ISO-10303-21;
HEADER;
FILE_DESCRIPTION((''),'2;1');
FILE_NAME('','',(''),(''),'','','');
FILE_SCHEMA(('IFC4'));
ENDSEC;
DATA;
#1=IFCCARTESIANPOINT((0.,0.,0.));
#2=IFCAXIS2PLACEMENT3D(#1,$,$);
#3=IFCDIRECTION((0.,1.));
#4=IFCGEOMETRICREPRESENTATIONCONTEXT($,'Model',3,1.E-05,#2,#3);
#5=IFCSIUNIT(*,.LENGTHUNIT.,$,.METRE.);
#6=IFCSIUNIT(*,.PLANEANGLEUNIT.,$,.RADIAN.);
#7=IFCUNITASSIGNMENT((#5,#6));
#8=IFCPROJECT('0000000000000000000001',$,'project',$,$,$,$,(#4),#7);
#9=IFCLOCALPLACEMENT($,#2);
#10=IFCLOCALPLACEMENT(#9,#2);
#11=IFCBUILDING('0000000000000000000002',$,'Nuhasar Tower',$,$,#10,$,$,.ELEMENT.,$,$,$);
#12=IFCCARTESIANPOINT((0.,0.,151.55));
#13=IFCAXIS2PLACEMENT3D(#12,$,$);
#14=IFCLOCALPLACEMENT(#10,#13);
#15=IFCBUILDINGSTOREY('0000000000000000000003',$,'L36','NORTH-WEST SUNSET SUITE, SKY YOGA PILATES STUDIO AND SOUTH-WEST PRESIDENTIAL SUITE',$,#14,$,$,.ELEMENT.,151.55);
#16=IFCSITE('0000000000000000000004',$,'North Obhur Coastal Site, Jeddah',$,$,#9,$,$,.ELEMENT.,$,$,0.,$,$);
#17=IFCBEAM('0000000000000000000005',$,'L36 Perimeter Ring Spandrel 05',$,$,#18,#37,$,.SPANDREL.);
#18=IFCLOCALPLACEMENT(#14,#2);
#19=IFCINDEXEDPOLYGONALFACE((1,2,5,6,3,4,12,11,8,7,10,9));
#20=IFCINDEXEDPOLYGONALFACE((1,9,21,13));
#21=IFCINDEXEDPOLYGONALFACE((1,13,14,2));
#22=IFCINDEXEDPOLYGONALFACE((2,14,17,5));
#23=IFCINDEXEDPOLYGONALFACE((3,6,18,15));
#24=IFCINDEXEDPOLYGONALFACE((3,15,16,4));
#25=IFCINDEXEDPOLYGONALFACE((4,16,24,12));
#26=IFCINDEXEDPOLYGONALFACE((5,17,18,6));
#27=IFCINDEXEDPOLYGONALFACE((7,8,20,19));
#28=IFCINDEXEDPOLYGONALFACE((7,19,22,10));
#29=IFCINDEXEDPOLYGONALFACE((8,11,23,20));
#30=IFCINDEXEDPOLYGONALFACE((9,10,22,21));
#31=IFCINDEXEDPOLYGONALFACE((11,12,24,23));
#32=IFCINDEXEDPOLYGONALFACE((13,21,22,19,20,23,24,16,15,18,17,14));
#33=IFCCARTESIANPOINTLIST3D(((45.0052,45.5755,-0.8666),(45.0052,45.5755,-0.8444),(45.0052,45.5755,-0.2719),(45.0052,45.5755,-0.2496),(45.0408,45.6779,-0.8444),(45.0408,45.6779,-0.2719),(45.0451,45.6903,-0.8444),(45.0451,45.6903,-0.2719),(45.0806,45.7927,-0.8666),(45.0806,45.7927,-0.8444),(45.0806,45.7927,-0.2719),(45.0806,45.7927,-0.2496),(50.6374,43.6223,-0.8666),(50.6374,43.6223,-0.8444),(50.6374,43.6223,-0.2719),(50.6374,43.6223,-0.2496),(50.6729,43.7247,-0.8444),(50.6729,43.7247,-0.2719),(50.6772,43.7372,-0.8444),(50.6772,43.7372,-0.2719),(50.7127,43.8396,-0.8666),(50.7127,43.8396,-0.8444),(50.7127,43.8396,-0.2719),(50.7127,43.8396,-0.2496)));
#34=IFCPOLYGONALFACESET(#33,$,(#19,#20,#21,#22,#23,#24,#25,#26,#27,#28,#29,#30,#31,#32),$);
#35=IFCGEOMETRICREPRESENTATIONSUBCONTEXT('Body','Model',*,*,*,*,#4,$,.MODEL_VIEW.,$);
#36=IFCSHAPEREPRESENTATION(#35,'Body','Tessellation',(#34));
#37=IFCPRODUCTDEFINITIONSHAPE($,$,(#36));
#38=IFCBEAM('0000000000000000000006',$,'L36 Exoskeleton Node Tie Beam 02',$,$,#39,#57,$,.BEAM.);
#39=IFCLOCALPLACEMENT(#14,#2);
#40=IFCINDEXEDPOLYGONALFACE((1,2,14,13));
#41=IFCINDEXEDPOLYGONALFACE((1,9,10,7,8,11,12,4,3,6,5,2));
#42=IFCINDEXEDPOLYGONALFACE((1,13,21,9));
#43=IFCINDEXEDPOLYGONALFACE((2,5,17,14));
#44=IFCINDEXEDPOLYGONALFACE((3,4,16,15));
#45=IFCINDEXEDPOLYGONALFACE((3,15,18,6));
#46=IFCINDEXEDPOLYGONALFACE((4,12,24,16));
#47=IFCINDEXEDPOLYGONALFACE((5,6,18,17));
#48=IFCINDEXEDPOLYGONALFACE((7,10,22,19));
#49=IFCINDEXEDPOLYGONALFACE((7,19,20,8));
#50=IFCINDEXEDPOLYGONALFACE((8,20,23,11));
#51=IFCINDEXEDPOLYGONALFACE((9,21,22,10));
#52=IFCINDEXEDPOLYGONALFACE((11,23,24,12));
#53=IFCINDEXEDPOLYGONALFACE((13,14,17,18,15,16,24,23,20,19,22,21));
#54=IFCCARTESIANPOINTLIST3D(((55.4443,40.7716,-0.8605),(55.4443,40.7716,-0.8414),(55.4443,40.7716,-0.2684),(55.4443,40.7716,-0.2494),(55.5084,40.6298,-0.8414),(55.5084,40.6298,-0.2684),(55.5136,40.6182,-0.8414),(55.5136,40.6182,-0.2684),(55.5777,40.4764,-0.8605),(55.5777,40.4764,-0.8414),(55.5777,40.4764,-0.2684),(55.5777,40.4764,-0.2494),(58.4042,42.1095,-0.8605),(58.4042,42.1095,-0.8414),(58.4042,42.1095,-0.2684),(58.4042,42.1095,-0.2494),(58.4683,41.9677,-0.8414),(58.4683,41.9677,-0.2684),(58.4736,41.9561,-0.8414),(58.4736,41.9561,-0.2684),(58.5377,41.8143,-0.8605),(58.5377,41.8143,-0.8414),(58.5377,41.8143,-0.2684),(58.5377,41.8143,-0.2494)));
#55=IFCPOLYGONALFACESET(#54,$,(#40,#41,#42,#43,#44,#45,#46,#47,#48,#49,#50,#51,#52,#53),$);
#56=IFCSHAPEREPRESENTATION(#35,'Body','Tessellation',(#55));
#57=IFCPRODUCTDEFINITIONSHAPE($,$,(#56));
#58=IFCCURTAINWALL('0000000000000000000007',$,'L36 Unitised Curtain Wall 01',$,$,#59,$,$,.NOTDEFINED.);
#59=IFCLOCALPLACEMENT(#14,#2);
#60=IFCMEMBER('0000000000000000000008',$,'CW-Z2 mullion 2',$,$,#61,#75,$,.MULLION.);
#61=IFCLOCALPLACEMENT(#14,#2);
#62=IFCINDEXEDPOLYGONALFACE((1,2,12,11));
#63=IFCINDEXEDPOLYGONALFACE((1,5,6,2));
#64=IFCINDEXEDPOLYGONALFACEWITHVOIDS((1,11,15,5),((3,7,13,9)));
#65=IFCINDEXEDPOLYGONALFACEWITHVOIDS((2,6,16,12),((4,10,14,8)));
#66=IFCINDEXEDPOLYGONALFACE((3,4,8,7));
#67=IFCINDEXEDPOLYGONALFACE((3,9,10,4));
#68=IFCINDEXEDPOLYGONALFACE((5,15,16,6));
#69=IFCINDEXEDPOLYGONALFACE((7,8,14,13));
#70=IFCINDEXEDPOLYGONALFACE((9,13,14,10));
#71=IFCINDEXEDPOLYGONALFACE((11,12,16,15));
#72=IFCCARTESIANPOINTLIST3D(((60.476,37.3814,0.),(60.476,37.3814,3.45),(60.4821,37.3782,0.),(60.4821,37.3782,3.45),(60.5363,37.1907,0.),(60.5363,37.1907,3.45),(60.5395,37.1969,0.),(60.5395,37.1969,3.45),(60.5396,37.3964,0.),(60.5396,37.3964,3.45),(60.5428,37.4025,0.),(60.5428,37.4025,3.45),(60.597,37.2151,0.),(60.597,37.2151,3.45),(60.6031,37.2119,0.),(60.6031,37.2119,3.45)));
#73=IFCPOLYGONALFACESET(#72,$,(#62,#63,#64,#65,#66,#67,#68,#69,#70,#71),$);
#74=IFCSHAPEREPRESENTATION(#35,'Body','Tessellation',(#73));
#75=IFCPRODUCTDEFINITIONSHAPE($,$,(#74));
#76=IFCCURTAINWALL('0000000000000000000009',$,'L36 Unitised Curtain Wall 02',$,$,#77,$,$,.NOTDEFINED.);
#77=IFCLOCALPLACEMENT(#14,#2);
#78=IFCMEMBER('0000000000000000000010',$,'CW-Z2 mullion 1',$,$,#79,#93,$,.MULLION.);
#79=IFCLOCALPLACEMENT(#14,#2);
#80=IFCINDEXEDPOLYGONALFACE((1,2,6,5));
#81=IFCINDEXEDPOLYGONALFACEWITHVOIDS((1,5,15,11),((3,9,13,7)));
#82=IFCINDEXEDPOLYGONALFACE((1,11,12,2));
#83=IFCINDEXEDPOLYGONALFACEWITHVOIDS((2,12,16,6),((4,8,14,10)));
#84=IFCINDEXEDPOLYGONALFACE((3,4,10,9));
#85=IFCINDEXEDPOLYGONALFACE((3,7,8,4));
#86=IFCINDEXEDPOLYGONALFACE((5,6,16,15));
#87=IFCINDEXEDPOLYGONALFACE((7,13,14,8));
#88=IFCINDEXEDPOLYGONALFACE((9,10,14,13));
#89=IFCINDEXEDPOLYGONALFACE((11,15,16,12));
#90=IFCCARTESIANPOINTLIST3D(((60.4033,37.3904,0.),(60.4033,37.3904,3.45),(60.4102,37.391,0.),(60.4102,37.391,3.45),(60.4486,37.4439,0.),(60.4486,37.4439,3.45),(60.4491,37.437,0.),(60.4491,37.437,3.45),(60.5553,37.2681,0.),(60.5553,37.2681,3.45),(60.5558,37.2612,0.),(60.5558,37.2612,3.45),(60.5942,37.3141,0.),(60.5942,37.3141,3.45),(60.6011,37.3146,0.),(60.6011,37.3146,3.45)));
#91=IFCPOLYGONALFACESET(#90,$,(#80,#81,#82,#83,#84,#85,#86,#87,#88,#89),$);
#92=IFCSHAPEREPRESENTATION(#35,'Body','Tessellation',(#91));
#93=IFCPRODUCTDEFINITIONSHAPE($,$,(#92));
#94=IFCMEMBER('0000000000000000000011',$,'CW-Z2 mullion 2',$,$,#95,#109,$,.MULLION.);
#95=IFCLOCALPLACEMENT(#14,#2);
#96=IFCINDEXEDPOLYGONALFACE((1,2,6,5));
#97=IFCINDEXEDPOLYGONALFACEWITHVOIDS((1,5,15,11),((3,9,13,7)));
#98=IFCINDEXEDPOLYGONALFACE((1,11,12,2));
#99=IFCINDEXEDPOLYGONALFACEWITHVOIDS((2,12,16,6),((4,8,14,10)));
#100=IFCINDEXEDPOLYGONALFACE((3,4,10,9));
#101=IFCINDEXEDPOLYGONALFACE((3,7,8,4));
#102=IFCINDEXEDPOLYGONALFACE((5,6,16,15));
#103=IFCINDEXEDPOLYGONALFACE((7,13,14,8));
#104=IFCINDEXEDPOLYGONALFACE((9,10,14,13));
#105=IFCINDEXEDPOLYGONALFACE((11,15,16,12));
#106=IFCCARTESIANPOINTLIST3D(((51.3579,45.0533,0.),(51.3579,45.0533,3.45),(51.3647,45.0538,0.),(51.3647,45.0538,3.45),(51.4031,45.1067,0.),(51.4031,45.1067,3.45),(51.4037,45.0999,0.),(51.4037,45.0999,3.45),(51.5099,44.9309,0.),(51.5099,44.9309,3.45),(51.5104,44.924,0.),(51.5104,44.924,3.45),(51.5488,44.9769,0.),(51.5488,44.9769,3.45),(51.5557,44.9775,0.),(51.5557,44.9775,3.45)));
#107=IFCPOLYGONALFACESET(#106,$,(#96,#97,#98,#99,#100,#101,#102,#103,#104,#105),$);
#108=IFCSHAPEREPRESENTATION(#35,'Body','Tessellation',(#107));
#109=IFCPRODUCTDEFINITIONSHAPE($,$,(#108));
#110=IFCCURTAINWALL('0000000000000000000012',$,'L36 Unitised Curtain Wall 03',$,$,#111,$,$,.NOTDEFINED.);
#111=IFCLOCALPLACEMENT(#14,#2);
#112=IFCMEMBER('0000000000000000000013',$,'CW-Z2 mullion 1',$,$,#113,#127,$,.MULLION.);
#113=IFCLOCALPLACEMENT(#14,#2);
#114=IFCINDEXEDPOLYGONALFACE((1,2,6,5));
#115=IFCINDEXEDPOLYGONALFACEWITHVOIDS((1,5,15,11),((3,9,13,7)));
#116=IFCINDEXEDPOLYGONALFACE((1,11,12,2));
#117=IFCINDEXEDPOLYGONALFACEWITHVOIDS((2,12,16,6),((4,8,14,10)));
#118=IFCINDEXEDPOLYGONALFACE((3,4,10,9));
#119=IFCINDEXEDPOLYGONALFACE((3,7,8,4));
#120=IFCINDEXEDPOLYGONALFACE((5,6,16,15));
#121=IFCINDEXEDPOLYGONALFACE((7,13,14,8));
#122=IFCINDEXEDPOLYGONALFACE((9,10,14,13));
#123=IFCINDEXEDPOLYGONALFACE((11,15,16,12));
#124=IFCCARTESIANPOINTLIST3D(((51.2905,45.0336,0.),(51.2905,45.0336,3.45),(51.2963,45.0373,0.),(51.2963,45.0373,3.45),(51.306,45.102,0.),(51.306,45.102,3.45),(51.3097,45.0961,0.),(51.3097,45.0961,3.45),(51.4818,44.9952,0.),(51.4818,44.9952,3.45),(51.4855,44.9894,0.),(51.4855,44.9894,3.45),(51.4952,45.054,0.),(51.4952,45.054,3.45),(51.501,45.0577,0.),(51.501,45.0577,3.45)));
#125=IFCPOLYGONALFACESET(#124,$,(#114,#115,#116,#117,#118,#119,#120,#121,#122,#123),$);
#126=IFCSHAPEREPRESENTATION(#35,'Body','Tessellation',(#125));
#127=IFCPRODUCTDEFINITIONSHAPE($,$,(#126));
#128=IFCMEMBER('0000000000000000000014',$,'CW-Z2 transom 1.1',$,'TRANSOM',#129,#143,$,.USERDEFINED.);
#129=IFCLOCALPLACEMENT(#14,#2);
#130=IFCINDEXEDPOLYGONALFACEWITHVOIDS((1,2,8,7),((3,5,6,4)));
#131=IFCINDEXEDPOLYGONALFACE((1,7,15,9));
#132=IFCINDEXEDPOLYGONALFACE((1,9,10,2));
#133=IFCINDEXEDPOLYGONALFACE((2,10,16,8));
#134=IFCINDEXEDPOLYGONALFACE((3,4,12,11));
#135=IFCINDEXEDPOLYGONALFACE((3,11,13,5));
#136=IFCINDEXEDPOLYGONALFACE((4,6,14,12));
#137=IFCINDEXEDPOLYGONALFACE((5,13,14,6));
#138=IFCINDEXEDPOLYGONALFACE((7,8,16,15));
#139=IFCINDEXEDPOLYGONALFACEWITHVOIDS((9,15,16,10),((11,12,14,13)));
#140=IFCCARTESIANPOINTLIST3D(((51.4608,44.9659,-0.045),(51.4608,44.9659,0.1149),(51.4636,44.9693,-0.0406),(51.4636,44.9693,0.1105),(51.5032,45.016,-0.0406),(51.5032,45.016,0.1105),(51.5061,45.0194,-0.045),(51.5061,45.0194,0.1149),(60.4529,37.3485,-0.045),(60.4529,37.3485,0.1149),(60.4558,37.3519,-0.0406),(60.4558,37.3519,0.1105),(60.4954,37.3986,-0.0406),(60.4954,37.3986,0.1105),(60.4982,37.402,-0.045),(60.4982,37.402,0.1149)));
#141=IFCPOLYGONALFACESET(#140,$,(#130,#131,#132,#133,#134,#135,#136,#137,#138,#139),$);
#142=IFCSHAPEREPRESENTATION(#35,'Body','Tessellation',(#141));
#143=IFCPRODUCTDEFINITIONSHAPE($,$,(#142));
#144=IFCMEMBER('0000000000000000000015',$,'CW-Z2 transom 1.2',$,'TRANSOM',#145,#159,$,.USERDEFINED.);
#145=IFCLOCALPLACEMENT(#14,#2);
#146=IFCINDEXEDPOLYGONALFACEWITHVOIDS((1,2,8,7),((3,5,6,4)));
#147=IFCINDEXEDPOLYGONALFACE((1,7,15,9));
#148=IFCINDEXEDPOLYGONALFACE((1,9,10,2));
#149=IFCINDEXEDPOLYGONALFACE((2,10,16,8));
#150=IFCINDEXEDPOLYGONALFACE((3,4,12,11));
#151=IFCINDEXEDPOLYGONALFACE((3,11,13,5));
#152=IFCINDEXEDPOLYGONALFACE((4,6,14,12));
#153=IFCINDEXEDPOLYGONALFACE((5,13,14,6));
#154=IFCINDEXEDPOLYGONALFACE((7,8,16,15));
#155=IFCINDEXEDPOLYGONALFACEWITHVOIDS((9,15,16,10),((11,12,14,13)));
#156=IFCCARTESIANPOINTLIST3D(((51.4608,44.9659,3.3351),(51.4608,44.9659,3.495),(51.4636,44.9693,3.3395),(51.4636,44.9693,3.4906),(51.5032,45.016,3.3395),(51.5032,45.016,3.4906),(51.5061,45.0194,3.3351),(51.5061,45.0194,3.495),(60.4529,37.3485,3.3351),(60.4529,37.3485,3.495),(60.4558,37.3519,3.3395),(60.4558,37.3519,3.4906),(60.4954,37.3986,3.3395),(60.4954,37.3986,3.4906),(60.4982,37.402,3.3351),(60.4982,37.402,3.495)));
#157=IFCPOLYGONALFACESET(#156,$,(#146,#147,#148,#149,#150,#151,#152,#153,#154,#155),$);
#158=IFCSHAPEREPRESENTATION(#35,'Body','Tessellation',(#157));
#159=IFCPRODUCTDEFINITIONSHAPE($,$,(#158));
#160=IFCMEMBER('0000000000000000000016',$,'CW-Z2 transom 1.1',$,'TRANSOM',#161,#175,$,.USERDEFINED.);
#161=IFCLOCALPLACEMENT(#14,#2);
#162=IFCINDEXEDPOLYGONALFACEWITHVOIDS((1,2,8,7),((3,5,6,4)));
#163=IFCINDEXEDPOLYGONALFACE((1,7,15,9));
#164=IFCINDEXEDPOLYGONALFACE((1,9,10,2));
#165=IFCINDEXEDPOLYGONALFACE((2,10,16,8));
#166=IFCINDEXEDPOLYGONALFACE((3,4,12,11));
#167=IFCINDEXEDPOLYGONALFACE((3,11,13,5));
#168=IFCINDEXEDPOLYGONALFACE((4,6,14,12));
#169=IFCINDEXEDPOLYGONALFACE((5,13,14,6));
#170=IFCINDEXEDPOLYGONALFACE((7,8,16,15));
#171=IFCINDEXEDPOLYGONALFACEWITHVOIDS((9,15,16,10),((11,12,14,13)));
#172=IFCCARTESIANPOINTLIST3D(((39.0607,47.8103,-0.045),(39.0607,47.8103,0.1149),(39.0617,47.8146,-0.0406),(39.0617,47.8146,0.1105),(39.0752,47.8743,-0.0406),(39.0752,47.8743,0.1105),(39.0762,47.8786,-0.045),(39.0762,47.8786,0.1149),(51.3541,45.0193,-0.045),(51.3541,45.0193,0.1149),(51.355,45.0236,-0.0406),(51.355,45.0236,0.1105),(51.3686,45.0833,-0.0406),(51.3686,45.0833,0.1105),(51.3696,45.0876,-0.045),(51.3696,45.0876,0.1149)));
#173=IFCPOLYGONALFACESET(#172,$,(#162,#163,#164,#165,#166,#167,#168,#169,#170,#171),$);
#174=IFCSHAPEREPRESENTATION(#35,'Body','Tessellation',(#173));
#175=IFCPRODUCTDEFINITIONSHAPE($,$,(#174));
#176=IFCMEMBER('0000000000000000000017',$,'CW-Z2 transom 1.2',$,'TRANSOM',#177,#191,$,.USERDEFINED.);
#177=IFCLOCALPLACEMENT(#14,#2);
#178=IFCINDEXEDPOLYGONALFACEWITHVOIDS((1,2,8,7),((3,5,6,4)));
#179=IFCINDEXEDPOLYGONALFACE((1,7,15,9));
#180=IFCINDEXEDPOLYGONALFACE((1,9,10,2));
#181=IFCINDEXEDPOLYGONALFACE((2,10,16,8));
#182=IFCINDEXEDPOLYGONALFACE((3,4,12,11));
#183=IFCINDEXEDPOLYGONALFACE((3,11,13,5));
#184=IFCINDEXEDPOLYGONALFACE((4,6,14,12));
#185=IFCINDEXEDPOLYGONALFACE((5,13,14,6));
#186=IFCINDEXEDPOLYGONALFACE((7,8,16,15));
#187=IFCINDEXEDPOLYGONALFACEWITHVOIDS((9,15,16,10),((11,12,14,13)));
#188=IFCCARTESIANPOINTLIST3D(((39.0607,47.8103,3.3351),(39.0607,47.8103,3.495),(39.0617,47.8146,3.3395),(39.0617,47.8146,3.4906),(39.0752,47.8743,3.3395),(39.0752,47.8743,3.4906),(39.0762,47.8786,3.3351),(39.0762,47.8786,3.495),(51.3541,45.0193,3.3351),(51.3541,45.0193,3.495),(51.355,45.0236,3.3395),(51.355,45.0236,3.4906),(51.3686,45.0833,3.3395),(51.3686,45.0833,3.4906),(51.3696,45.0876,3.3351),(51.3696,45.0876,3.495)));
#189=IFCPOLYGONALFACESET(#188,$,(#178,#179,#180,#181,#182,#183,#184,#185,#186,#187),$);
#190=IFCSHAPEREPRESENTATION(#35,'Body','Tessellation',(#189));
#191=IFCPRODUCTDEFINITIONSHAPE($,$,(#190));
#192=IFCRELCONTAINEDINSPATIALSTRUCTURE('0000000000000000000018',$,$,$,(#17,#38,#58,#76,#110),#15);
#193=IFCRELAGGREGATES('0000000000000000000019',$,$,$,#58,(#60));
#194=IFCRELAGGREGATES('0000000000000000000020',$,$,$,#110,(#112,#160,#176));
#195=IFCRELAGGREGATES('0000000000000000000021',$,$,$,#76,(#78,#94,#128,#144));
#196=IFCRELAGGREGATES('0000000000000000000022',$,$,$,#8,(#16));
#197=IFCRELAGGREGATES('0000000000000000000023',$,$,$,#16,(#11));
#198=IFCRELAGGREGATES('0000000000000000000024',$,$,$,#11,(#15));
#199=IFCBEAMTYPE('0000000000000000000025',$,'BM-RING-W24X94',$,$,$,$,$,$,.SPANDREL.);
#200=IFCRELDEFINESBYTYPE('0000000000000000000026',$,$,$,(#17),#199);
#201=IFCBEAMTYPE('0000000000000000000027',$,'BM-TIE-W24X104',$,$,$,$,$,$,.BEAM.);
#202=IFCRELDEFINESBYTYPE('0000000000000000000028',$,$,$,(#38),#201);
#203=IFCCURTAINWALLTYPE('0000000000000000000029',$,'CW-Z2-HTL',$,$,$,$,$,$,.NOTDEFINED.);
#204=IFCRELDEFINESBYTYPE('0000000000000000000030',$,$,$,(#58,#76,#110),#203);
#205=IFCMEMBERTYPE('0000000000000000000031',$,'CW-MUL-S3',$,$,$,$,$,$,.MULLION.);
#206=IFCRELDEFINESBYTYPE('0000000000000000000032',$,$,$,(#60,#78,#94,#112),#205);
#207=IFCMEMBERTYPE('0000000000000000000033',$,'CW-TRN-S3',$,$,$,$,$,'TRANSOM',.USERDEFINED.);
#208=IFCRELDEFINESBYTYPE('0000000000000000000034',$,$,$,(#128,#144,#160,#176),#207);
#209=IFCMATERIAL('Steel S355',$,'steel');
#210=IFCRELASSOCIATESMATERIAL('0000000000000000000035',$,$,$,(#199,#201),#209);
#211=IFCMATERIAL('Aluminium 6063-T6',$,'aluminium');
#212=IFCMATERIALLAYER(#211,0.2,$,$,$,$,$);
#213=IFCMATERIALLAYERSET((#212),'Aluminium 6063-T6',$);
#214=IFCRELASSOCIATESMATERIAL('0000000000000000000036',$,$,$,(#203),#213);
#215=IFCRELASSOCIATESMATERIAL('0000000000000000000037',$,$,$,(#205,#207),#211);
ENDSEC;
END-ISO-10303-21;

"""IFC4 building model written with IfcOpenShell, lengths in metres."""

from ifc_helpers import new_model, si_unit, direction, frame, origin, origin_2d, place, context, subcontext, project, spatial, hollow_rectangle, i_section, extrude, material, layer, layer_set, material_profile, profile_set, type_object, element, aggregate, save


model = new_model("IFC4")

# Units and contexts
model_context = context("Model", 3, precision=1e-05, world=origin(), true_north=direction((0.0, 1.0)))
body_context = subcontext(model_context, "Body", "Model", "MODEL_VIEW")
ifc_project = project(units=[si_unit("LENGTHUNIT", "METRE"), si_unit("PLANEANGLEUNIT", "RADIAN")], contexts=[model_context])

# Site, building, storey
site_placement = place(None, origin())
site = spatial("IfcSite", under=ifc_project, at=site_placement, Name="North Obhur Coastal Site, Jeddah", CompositionType="ELEMENT", RefElevation=0.0)
building_placement = place(site_placement, origin())
building = spatial("IfcBuilding", under=site, at=building_placement, Name="Nuhasar Tower", CompositionType="ELEMENT")
storey_placement = place(building_placement, frame((0.0, 0.0, 151.55)))
storey = spatial("IfcBuildingStorey", under=building, at=storey_placement, Name="L36", Description="NORTH-WEST SUNSET SUITE, SKY YOGA PILATES STUDIO AND SOUTH-WEST PRESIDENTIAL SUITE", CompositionType="ELEMENT", Elevation=151.55)

# Beams
ifc_material_1 = material(Name="Steel S355", Category="steel")
ifc_material_profile_1 = material_profile(ifc_material_1, i_section(OverallWidth=0.23, OverallDepth=0.6169, WebThickness=0.0132, FlangeThickness=0.0222, at=origin_2d()), Name="W24X94")
ifc_profile_set_1 = profile_set([ifc_material_profile_1], Name="Steel S355")
beam_type_1 = type_object("IfcBeamType", Name="BM-RING-W24X94", PredefinedType="SPANDREL", material=ifc_profile_set_1)
beam_1_placement = place(storey_placement, frame((50.675, 43.731, -0.5581), z_axis=(-0.944801, 0.327644, 0.0), x_axis=(-0.327644, -0.944801, 0.0)))
element("IfcBeam", 1, at=beam_1_placement, inside=storey, type_object=beam_type_1, Name="L36 Perimeter Ring Spandrel 05", PredefinedType="SPANDREL", context=body_context, shape_type="SweptSolid", body=[
    extrude(i_section(OverallWidth=0.23, OverallDepth=0.6169, WebThickness=0.0132, FlangeThickness=0.0222, at=origin_2d()), origin(), (0.0, 0.0, 1.0), 5.9612),
])
ifc_material_profile_2 = material_profile(ifc_material_1, i_section(OverallWidth=0.324, OverallDepth=0.6111, WebThickness=0.0127, FlangeThickness=0.019, at=origin_2d()), Name="W24X104")
ifc_profile_set_2 = profile_set([ifc_material_profile_2], Name="Steel S355")
beam_type_2 = type_object("IfcBeamType", Name="BM-TIE-W24X104", PredefinedType="BEAM", material=ifc_profile_set_2)
beam_2_placement = place(storey_placement, frame((55.511, 40.624, -0.5549), z_axis=(0.91124, 0.411877, 0.0), x_axis=(-0.411877, 0.91124, 0.0)))
element("IfcBeam", 2, at=beam_2_placement, inside=storey, type_object=beam_type_2, Name="L36 Exoskeleton Node Tie Beam 02", PredefinedType="BEAM", context=body_context, shape_type="SweptSolid", body=[
    extrude(i_section(OverallWidth=0.324, OverallDepth=0.6111, WebThickness=0.0127, FlangeThickness=0.019, at=origin_2d()), origin(), (0.0, 0.0, 1.0), 3.2483),
])

# Curtain wall, member
ifc_material_2 = material(Name="Aluminium 6063-T6", Category="aluminium")
ifc_layer_1 = layer(ifc_material_2, 0.2)
ifc_layer_set_1 = layer_set([ifc_layer_1], Name="Aluminium 6063-T6")
curtain_wall_type = type_object("IfcCurtainWallType", Name="CW-Z2-HTL", PredefinedType="NOTDEFINED", material=ifc_layer_set_1)
curtain_wall_1_placement = place(storey_placement, origin())
curtain_wall_1 = element("IfcCurtainWall", 3, at=curtain_wall_1_placement, inside=storey, type_object=curtain_wall_type, Name="L36 Unitised Curtain Wall 01", PredefinedType="NOTDEFINED")
ifc_material_profile_3 = material_profile(ifc_material_2, hollow_rectangle(XDim=0.0701, YDim=0.2, WallThickness=0.0049, at=origin_2d()), Name="CWM-3")
ifc_profile_set_3 = profile_set([ifc_material_profile_3], Name="Aluminium 6063-T6")
member_type_1 = type_object("IfcMemberType", Name="CW-MUL-S3", PredefinedType="MULLION", material=ifc_profile_set_3)
member_1_placement = place(storey_placement, frame((60.5396, 37.2966, 0.0), z_axis=(0.0, 0.0, 1.0), x_axis=(-0.953433, -0.301604, 0.0)))
member_1 = element("IfcMember", 4, at=member_1_placement, type_object=member_type_1, Name="CW-Z2 mullion 2", PredefinedType="MULLION", context=body_context, shape_type="SweptSolid", body=[
    extrude(hollow_rectangle(XDim=0.0701, YDim=0.2, WallThickness=0.0049, at=origin_2d()), origin(), (0.0, 0.0, 1.0), 3.45),
])
aggregate(curtain_wall_1, [member_1])

# Curtain wall, members
curtain_wall_2_placement = place(storey_placement, origin())
curtain_wall_2 = element("IfcCurtainWall", 5, at=curtain_wall_2_placement, inside=storey, type_object=curtain_wall_type, Name="L36 Unitised Curtain Wall 02", PredefinedType="NOTDEFINED")
member_2_placement = place(storey_placement, frame((60.5022, 37.3525, 0.0), z_axis=(0.0, 0.0, 1.0), x_axis=(-0.646374, -0.76302, 0.0)))
member_2 = element("IfcMember", 6, at=member_2_placement, type_object=member_type_1, Name="CW-Z2 mullion 1", PredefinedType="MULLION", context=body_context, shape_type="SweptSolid", body=[
    extrude(hollow_rectangle(XDim=0.0701, YDim=0.2, WallThickness=0.0049, at=origin_2d()), origin(), (0.0, 0.0, 1.0), 3.45),
])
member_3_placement = place(storey_placement, frame((51.4568, 45.0154, 0.0), z_axis=(0.0, 0.0, 1.0), x_axis=(-0.646374, -0.76302, 0.0)))
member_3 = element("IfcMember", 7, at=member_3_placement, type_object=member_type_1, Name="CW-Z2 mullion 2", PredefinedType="MULLION", context=body_context, shape_type="SweptSolid", body=[
    extrude(hollow_rectangle(XDim=0.0701, YDim=0.2, WallThickness=0.0049, at=origin_2d()), origin(), (0.0, 0.0, 1.0), 3.45),
])

# Curtain wall, member
curtain_wall_3_placement = place(storey_placement, origin())
curtain_wall_3 = element("IfcCurtainWall", 8, at=curtain_wall_3_placement, inside=storey, type_object=curtain_wall_type, Name="L36 Unitised Curtain Wall 03", PredefinedType="NOTDEFINED")
member_4_placement = place(storey_placement, frame((51.3958, 45.0457, 0.0), z_axis=(0.0, 0.0, 1.0), x_axis=(-0.221397, -0.975184, 0.0)))
member_4 = element("IfcMember", 9, at=member_4_placement, type_object=member_type_1, Name="CW-Z2 mullion 1", PredefinedType="MULLION", context=body_context, shape_type="SweptSolid", body=[
    extrude(hollow_rectangle(XDim=0.0701, YDim=0.2, WallThickness=0.0049, at=origin_2d()), origin(), (0.0, 0.0, 1.0), 3.45),
])

# Members
ifc_material_profile_4 = material_profile(ifc_material_2, hollow_rectangle(XDim=0.0701, YDim=0.1599, WallThickness=0.0044, at=origin_2d()), Name="CWT-3")
ifc_profile_set_4 = profile_set([ifc_material_profile_4], Name="Aluminium 6063-T6")
member_type_2 = type_object("IfcMemberType", Name="CW-TRN-S3", ElementType="TRANSOM", PredefinedType="USERDEFINED", material=ifc_profile_set_4)
member_5_placement = place(storey_placement, frame((60.4756, 37.3752, 0.0349), z_axis=(-0.763024, 0.64637, 0.0), x_axis=(-0.64637, -0.763024, 0.0)))
member_5 = element("IfcMember", 10, at=member_5_placement, type_object=member_type_2, Name="CW-Z2 transom 1.1", ObjectType="TRANSOM", PredefinedType="USERDEFINED", context=body_context, shape_type="SweptSolid", body=[
    extrude(hollow_rectangle(XDim=0.0701, YDim=0.1599, WallThickness=0.0044, at=origin_2d()), origin(), (0.0, 0.0, 1.0), 11.7849),
])
member_6_placement = place(storey_placement, frame((60.4756, 37.3752, 3.415), z_axis=(-0.763024, 0.64637, 0.0), x_axis=(-0.64637, -0.763024, 0.0)))
member_6 = element("IfcMember", 11, at=member_6_placement, type_object=member_type_2, Name="CW-Z2 transom 1.2", ObjectType="TRANSOM", PredefinedType="USERDEFINED", context=body_context, shape_type="SweptSolid", body=[
    extrude(hollow_rectangle(XDim=0.0701, YDim=0.1599, WallThickness=0.0044, at=origin_2d()), origin(), (0.0, 0.0, 1.0), 11.7849),
])
member_7_placement = place(storey_placement, frame((51.3618, 45.0535, 0.0349), z_axis=(-0.975183, 0.221398, 0.0), x_axis=(-0.221398, -0.975183, 0.0)))
member_7 = element("IfcMember", 12, at=member_7_placement, type_object=member_type_2, Name="CW-Z2 transom 1.1", ObjectType="TRANSOM", PredefinedType="USERDEFINED", context=body_context, shape_type="SweptSolid", body=[
    extrude(hollow_rectangle(XDim=0.0701, YDim=0.1599, WallThickness=0.0044, at=origin_2d()), origin(), (0.0, 0.0, 1.0), 12.6062),
])
member_8_placement = place(storey_placement, frame((51.3618, 45.0535, 3.415), z_axis=(-0.975183, 0.221398, 0.0), x_axis=(-0.221398, -0.975183, 0.0)))
member_8 = element("IfcMember", 13, at=member_8_placement, type_object=member_type_2, Name="CW-Z2 transom 1.2", ObjectType="TRANSOM", PredefinedType="USERDEFINED", context=body_context, shape_type="SweptSolid", body=[
    extrude(hollow_rectangle(XDim=0.0701, YDim=0.1599, WallThickness=0.0044, at=origin_2d()), origin(), (0.0, 0.0, 1.0), 12.6062),
])
aggregate(curtain_wall_3, [member_4, member_7, member_8])

aggregate(curtain_wall_2, [member_2, member_3, member_5, member_6])

save(model, "model.ifc")
